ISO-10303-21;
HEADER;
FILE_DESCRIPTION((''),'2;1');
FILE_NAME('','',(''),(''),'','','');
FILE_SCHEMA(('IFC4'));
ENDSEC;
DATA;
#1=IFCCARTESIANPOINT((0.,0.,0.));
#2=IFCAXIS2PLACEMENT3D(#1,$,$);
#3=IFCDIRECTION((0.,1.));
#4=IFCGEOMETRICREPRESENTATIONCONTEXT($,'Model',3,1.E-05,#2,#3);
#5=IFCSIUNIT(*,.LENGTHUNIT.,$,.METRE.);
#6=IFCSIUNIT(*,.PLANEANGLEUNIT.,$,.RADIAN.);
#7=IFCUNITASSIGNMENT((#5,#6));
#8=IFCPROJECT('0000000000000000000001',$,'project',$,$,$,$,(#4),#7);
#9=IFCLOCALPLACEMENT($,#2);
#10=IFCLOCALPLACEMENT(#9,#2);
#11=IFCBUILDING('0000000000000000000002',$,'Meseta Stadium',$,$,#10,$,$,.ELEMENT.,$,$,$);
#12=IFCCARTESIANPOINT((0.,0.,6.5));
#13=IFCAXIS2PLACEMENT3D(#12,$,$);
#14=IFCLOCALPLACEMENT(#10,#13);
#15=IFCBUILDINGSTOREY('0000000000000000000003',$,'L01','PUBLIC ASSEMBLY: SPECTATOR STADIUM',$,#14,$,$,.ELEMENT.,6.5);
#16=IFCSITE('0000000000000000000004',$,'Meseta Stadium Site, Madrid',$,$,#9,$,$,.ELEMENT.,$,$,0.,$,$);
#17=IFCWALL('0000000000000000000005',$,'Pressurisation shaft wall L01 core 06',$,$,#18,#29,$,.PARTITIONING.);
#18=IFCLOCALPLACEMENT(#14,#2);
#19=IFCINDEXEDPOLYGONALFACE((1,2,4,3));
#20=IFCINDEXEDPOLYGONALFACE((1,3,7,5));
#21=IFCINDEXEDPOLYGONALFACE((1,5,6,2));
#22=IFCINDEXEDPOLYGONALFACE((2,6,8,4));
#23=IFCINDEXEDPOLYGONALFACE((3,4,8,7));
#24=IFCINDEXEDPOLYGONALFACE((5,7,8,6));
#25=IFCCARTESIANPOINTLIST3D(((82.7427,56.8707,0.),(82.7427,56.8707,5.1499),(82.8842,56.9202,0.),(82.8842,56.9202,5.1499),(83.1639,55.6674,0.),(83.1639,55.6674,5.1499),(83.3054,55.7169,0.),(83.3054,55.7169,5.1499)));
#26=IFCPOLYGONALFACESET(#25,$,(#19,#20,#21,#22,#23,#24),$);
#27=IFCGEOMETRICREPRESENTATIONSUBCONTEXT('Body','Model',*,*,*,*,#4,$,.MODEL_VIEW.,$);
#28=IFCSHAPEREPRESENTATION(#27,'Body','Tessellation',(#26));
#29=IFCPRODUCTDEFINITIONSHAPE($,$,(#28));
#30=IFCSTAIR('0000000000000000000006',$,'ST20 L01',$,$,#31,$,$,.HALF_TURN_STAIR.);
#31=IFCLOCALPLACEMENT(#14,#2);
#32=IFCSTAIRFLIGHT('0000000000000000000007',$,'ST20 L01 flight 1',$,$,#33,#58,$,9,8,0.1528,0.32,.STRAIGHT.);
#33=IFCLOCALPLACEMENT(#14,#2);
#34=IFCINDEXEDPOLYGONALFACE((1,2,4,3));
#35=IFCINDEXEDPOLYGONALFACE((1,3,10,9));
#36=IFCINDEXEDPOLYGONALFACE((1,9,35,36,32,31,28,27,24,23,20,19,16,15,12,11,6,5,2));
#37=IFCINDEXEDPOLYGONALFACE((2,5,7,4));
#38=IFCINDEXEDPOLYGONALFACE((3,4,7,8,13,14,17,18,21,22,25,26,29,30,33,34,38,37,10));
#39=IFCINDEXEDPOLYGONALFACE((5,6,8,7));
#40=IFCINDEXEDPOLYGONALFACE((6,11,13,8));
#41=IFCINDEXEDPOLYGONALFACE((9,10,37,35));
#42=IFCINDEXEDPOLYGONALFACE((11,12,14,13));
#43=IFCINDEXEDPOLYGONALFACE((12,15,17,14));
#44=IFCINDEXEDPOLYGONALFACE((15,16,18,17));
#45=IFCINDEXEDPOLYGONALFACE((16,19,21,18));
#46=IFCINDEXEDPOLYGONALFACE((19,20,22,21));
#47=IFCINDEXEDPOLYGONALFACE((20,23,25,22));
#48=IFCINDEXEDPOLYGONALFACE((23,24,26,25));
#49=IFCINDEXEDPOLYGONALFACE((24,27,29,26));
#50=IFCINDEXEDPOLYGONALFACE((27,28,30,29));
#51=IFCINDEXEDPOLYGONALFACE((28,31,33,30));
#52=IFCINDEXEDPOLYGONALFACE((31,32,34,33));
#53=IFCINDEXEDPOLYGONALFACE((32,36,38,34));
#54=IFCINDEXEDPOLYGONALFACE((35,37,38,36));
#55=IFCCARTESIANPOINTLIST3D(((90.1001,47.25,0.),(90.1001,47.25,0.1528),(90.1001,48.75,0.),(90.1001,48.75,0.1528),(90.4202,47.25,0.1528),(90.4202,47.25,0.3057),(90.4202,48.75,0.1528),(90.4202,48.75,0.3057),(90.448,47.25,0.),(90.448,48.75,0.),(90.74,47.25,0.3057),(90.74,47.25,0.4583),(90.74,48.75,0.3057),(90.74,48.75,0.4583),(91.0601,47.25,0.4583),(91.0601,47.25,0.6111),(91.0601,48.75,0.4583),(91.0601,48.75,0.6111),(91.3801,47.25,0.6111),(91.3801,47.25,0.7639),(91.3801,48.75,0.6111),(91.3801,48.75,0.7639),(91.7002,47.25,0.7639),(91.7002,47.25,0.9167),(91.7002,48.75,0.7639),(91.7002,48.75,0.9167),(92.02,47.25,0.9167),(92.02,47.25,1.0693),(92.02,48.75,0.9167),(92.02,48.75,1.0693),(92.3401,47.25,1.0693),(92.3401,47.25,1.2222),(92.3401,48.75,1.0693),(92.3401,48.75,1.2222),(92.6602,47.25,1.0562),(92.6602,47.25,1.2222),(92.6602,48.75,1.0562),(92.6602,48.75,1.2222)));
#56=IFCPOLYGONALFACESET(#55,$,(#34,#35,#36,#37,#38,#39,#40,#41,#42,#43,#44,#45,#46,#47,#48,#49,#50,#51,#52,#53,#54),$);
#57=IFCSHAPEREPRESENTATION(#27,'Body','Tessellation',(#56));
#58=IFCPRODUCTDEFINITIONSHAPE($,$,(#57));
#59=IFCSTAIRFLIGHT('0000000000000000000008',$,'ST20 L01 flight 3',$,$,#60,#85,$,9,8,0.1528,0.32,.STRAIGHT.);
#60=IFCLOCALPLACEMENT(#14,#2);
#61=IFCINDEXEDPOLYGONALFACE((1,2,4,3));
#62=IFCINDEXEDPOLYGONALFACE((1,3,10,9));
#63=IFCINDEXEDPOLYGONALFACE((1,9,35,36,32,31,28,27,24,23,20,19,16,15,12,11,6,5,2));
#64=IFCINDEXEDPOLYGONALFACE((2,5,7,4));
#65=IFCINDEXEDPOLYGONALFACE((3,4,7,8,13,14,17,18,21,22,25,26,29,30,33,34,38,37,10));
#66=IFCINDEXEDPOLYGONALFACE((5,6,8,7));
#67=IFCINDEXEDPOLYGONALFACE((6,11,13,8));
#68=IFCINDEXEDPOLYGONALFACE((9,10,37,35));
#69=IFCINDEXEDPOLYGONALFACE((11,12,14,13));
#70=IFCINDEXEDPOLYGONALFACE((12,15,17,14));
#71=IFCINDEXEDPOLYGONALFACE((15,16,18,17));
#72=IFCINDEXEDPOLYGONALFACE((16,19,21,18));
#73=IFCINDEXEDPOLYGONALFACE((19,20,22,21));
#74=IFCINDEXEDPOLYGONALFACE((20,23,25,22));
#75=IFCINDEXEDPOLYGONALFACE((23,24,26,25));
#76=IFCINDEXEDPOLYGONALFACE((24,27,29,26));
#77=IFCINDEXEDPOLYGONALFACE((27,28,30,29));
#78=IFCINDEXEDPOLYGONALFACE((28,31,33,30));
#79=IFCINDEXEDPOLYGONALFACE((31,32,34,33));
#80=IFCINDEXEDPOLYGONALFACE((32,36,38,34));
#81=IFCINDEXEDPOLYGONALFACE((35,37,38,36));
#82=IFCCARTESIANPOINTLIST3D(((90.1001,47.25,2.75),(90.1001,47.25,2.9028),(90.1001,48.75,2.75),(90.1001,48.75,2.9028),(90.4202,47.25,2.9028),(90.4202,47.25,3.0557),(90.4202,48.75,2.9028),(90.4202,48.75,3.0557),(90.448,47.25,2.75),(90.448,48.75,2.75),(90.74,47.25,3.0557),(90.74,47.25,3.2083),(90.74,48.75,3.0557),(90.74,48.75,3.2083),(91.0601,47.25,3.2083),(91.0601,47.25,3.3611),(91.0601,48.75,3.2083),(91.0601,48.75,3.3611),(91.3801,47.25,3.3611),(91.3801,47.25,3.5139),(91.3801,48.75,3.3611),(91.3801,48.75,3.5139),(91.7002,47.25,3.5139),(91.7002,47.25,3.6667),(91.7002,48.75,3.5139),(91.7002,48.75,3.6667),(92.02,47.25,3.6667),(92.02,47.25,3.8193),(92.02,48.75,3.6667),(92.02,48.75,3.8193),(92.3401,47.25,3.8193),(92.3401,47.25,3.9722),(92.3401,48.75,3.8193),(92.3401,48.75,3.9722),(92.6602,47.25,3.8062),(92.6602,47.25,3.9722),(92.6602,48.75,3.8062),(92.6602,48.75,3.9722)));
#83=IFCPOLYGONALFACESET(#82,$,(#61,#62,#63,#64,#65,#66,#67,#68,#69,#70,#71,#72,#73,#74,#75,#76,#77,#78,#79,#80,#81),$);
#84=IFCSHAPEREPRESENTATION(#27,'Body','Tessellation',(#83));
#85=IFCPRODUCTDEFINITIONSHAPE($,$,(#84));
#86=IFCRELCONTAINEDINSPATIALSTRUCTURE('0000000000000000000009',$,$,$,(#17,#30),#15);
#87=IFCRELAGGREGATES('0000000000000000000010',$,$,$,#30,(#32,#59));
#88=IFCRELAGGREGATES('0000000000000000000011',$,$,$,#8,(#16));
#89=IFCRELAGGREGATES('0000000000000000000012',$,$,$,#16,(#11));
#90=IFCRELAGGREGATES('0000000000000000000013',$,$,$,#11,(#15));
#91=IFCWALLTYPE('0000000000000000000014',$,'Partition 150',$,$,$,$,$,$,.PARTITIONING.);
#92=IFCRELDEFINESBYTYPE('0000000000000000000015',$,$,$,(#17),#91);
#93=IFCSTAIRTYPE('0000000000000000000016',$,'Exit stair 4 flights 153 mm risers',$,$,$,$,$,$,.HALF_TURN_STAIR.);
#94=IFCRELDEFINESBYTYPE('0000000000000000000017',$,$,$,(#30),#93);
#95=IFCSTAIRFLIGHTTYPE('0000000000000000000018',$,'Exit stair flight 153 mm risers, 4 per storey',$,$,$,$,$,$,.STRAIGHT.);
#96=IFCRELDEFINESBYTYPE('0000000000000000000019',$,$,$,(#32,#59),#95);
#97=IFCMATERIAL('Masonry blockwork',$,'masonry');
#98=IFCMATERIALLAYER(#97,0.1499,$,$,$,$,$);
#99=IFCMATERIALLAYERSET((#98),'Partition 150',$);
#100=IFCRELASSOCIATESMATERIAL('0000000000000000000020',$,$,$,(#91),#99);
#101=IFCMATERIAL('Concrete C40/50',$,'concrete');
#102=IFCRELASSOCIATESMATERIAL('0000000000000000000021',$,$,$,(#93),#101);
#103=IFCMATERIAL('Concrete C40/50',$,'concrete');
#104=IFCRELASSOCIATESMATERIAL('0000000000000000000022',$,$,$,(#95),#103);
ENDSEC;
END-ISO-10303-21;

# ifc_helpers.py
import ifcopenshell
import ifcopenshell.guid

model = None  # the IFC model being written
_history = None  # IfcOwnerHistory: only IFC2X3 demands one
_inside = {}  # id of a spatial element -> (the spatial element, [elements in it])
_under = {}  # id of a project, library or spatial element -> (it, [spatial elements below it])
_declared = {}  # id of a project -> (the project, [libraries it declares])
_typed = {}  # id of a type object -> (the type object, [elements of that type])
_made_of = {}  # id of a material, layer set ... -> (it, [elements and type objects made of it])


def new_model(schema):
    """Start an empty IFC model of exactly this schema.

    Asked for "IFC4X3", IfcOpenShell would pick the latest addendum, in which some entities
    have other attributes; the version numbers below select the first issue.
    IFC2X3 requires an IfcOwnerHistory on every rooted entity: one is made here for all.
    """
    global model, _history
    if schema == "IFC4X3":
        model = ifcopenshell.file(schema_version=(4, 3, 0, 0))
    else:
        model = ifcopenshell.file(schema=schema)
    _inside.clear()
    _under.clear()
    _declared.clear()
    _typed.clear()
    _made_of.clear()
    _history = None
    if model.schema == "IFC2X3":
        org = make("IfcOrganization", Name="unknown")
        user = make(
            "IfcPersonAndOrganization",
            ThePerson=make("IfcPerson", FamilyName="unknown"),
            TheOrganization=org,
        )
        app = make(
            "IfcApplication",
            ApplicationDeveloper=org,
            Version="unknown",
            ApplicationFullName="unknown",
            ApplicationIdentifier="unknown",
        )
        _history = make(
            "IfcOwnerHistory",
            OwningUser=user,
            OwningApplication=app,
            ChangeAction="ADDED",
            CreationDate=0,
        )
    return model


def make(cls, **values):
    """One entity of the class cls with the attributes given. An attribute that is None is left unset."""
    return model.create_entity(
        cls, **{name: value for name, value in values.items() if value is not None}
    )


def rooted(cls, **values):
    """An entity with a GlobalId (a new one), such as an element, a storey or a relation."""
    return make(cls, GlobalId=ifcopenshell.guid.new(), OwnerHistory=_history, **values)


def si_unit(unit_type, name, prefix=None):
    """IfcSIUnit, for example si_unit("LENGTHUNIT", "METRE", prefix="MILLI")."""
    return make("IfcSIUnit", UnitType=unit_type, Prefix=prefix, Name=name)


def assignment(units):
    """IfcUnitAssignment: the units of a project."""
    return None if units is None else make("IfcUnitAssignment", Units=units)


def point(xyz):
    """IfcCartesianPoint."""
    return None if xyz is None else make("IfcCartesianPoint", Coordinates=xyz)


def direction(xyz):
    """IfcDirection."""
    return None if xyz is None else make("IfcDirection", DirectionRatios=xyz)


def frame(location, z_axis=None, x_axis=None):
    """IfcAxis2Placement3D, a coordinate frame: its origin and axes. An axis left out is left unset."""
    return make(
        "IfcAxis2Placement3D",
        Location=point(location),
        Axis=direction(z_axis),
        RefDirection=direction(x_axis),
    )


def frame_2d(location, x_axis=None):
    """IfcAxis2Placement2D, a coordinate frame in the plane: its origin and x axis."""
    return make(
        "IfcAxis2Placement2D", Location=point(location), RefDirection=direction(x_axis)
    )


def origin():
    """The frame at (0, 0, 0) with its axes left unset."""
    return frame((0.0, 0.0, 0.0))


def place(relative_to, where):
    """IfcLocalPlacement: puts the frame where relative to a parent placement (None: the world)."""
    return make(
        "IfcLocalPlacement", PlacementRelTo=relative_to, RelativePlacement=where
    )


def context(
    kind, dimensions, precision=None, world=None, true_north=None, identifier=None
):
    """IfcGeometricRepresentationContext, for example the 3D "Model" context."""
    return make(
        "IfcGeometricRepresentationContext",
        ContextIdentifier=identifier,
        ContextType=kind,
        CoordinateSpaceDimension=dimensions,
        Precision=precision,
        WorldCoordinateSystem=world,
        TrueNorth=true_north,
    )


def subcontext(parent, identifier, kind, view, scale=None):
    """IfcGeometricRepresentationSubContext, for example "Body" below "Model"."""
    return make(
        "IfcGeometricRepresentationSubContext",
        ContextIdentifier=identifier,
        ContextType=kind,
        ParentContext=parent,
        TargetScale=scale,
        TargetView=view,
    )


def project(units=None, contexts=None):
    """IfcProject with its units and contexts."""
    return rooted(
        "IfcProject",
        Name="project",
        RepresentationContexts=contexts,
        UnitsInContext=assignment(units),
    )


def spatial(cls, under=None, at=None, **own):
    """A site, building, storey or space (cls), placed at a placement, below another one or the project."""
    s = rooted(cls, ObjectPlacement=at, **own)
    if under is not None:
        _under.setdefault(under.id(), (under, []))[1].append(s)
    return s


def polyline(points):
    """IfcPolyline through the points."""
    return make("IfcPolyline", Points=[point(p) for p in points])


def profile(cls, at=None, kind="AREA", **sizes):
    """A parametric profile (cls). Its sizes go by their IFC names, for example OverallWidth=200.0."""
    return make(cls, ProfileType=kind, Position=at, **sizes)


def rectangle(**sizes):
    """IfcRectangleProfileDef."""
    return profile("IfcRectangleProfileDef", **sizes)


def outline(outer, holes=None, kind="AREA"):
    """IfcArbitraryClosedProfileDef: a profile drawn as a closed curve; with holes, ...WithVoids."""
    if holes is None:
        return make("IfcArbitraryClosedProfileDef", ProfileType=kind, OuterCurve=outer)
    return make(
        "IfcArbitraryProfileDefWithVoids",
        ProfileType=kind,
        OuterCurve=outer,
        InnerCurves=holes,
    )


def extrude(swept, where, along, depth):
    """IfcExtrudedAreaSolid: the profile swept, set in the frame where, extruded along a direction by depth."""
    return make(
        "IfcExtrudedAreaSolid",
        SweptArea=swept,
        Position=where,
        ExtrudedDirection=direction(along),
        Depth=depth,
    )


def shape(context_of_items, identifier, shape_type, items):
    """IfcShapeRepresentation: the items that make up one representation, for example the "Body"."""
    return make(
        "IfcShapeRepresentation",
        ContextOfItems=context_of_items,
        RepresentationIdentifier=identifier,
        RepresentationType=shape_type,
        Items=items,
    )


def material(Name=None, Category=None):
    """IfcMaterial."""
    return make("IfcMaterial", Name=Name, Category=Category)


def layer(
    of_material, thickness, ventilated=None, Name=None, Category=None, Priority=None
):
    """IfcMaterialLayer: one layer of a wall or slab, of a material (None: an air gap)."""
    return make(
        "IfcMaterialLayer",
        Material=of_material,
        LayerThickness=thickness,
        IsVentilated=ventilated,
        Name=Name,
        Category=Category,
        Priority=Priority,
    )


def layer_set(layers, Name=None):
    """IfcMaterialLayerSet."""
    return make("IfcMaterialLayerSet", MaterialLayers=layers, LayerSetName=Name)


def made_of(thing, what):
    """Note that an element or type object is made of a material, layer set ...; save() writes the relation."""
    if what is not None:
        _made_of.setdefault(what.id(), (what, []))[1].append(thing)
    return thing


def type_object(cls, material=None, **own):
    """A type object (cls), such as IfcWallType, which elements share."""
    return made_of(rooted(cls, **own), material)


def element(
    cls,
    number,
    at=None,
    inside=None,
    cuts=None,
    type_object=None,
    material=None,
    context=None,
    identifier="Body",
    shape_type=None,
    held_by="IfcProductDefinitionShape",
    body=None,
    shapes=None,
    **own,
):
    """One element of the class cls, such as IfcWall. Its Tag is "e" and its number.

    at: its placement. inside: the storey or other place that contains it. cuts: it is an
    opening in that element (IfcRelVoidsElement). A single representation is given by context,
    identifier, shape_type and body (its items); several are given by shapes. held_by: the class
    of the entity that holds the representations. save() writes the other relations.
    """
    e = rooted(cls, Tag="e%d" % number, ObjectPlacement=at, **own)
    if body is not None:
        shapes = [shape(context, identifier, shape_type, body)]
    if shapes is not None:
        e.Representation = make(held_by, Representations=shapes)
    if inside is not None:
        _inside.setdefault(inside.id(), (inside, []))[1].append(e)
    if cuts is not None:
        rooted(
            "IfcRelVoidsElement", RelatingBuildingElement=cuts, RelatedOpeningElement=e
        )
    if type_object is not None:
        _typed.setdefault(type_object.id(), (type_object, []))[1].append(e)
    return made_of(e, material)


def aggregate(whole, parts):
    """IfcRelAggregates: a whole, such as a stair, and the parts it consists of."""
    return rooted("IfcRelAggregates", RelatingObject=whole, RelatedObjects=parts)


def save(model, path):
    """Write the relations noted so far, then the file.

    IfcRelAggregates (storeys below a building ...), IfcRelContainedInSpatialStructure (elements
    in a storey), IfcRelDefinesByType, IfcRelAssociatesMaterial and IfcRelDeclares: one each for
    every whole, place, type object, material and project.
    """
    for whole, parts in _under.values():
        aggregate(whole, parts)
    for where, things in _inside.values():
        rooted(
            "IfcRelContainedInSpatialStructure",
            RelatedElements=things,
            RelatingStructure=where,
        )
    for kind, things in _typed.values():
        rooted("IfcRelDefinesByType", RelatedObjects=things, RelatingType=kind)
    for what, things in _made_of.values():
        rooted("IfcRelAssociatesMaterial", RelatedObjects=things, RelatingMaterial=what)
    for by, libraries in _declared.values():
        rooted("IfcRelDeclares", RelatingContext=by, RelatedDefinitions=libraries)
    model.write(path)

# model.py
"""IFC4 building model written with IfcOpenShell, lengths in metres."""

from ifc_helpers import new_model, si_unit, direction, frame, frame_2d, origin, place, context, subcontext, project, spatial, polyline, rectangle, outline, extrude, material, layer, layer_set, type_object, element, aggregate, save


model = new_model("IFC4")

# Units and contexts
model_context = context("Model", 3, precision=1e-05, world=origin(), true_north=direction((0.0, 1.0)))
body_context = subcontext(model_context, "Body", "Model", "MODEL_VIEW")
ifc_project = project(units=[si_unit("LENGTHUNIT", "METRE"), si_unit("PLANEANGLEUNIT", "RADIAN")], contexts=[model_context])

# Site, building, storey
site_placement = place(None, origin())
site = spatial("IfcSite", under=ifc_project, at=site_placement, Name="Meseta Stadium Site, Madrid", CompositionType="ELEMENT", RefElevation=0.0)
building_placement = place(site_placement, origin())
building = spatial("IfcBuilding", under=site, at=building_placement, Name="Meseta Stadium", CompositionType="ELEMENT")
storey_placement = place(building_placement, frame((0.0, 0.0, 6.5)))
storey = spatial("IfcBuildingStorey", under=building, at=storey_placement, Name="L01", Description="PUBLIC ASSEMBLY: SPECTATOR STADIUM", CompositionType="ELEMENT", Elevation=6.5)

# Shared definitions
ifc_material_1 = material(Name="Masonry blockwork", Category="masonry")
ifc_layer = layer(ifc_material_1, 0.1499)
ifc_layer_set = layer_set([ifc_layer], Name="Partition 150")
wall_type = type_object("IfcWallType", Name="Partition 150", PredefinedType="PARTITIONING", material=ifc_layer_set)

# Wall
wall_1_placement = place(storey_placement, frame((83.2346, 55.6921, 0.0), z_axis=(0.0, 0.0, 1.0), x_axis=(-0.330325, 0.943867, 0.0)))
element("IfcWall", 1, at=wall_1_placement, inside=storey, type_object=wall_type, Name="Pressurisation shaft wall L01 core 06", PredefinedType="PARTITIONING", context=body_context, shape_type="SweptSolid", body=[
    extrude(rectangle(XDim=1.2749, YDim=0.1499, at=frame_2d((0.6375, 0.0))), origin(), (0.0, 0.0, 1.0), 5.1499),
])

# Stair, stair flights
ifc_material_2 = material(Name="Concrete C40/50", Category="concrete")
stair_type = type_object("IfcStairType", Name="Exit stair 4 flights 153 mm risers", PredefinedType="HALF_TURN_STAIR", material=ifc_material_2)
stair_placement = place(storey_placement, origin())
stair = element("IfcStair", 2, at=stair_placement, inside=storey, type_object=stair_type, Name="ST20 L01", PredefinedType="HALF_TURN_STAIR")
ifc_material_3 = material(Name="Concrete C40/50", Category="concrete")
stair_flight_type = type_object("IfcStairFlightType", Name="Exit stair flight 153 mm risers, 4 per storey", PredefinedType="STRAIGHT", material=ifc_material_3)
stair_flight_1_placement = place(storey_placement, frame((90.1001, 48.0, 0.0), z_axis=(0.0, 0.0, 1.0), x_axis=(1.0, 0.0, 0.0)))
stair_flight_1 = element("IfcStairFlight", 3, at=stair_flight_1_placement, type_object=stair_flight_type, Name="ST20 L01 flight 1", NumberOfRisers=9, NumberOfTreads=8, PredefinedType="STRAIGHT", RiserHeight=0.1528, TreadLength=0.32, context=body_context, shape_type="SweptSolid", body=[
    extrude(outline(polyline([(0.0, 0.0), (0.0, 0.1528), (0.3201, 0.1528), (0.3201, 0.3057), (0.6399, 0.3057), (0.6399, 0.4583), (0.96, 0.4583), (0.96, 0.6111), (1.28, 0.6111), (1.28, 0.7639), (1.6001, 0.7639), (1.6001, 0.9167), (1.9199, 0.9167), (1.9199, 1.0693), (2.24, 1.0693), (2.24, 1.2222), (2.5601, 1.2222), (2.5601, 1.0562), (0.3479, 0.0), (0.0, 0.0)])), frame((0.0, 0.75, 0.0), z_axis=(0.0, -1.0, 0.0), x_axis=(1.0, 0.0, 0.0)), (0.0, 0.0, 1.0), 1.5),
])
stair_flight_2_placement = place(storey_placement, frame((90.1001, 48.0, 2.75), z_axis=(0.0, 0.0, 1.0), x_axis=(1.0, 0.0, 0.0)))
stair_flight_2 = element("IfcStairFlight", 4, at=stair_flight_2_placement, type_object=stair_flight_type, Name="ST20 L01 flight 3", NumberOfRisers=9, NumberOfTreads=8, PredefinedType="STRAIGHT", RiserHeight=0.1528, TreadLength=0.32, context=body_context, shape_type="SweptSolid", body=[
    extrude(outline(polyline([(0.0, 0.0), (0.0, 0.1528), (0.3201, 0.1528), (0.3201, 0.3057), (0.6399, 0.3057), (0.6399, 0.4583), (0.96, 0.4583), (0.96, 0.6111), (1.28, 0.6111), (1.28, 0.7639), (1.6001, 0.7639), (1.6001, 0.9167), (1.9199, 0.9167), (1.9199, 1.0693), (2.24, 1.0693), (2.24, 1.2222), (2.5601, 1.2222), (2.5601, 1.0562), (0.3479, 0.0), (0.0, 0.0)])), frame((0.0, 0.75, 0.0), z_axis=(0.0, -1.0, 0.0), x_axis=(1.0, 0.0, 0.0)), (0.0, 0.0, 1.0), 1.5),
])
aggregate(stair, [stair_flight_1, stair_flight_2])

save(model, "model.ifc")
